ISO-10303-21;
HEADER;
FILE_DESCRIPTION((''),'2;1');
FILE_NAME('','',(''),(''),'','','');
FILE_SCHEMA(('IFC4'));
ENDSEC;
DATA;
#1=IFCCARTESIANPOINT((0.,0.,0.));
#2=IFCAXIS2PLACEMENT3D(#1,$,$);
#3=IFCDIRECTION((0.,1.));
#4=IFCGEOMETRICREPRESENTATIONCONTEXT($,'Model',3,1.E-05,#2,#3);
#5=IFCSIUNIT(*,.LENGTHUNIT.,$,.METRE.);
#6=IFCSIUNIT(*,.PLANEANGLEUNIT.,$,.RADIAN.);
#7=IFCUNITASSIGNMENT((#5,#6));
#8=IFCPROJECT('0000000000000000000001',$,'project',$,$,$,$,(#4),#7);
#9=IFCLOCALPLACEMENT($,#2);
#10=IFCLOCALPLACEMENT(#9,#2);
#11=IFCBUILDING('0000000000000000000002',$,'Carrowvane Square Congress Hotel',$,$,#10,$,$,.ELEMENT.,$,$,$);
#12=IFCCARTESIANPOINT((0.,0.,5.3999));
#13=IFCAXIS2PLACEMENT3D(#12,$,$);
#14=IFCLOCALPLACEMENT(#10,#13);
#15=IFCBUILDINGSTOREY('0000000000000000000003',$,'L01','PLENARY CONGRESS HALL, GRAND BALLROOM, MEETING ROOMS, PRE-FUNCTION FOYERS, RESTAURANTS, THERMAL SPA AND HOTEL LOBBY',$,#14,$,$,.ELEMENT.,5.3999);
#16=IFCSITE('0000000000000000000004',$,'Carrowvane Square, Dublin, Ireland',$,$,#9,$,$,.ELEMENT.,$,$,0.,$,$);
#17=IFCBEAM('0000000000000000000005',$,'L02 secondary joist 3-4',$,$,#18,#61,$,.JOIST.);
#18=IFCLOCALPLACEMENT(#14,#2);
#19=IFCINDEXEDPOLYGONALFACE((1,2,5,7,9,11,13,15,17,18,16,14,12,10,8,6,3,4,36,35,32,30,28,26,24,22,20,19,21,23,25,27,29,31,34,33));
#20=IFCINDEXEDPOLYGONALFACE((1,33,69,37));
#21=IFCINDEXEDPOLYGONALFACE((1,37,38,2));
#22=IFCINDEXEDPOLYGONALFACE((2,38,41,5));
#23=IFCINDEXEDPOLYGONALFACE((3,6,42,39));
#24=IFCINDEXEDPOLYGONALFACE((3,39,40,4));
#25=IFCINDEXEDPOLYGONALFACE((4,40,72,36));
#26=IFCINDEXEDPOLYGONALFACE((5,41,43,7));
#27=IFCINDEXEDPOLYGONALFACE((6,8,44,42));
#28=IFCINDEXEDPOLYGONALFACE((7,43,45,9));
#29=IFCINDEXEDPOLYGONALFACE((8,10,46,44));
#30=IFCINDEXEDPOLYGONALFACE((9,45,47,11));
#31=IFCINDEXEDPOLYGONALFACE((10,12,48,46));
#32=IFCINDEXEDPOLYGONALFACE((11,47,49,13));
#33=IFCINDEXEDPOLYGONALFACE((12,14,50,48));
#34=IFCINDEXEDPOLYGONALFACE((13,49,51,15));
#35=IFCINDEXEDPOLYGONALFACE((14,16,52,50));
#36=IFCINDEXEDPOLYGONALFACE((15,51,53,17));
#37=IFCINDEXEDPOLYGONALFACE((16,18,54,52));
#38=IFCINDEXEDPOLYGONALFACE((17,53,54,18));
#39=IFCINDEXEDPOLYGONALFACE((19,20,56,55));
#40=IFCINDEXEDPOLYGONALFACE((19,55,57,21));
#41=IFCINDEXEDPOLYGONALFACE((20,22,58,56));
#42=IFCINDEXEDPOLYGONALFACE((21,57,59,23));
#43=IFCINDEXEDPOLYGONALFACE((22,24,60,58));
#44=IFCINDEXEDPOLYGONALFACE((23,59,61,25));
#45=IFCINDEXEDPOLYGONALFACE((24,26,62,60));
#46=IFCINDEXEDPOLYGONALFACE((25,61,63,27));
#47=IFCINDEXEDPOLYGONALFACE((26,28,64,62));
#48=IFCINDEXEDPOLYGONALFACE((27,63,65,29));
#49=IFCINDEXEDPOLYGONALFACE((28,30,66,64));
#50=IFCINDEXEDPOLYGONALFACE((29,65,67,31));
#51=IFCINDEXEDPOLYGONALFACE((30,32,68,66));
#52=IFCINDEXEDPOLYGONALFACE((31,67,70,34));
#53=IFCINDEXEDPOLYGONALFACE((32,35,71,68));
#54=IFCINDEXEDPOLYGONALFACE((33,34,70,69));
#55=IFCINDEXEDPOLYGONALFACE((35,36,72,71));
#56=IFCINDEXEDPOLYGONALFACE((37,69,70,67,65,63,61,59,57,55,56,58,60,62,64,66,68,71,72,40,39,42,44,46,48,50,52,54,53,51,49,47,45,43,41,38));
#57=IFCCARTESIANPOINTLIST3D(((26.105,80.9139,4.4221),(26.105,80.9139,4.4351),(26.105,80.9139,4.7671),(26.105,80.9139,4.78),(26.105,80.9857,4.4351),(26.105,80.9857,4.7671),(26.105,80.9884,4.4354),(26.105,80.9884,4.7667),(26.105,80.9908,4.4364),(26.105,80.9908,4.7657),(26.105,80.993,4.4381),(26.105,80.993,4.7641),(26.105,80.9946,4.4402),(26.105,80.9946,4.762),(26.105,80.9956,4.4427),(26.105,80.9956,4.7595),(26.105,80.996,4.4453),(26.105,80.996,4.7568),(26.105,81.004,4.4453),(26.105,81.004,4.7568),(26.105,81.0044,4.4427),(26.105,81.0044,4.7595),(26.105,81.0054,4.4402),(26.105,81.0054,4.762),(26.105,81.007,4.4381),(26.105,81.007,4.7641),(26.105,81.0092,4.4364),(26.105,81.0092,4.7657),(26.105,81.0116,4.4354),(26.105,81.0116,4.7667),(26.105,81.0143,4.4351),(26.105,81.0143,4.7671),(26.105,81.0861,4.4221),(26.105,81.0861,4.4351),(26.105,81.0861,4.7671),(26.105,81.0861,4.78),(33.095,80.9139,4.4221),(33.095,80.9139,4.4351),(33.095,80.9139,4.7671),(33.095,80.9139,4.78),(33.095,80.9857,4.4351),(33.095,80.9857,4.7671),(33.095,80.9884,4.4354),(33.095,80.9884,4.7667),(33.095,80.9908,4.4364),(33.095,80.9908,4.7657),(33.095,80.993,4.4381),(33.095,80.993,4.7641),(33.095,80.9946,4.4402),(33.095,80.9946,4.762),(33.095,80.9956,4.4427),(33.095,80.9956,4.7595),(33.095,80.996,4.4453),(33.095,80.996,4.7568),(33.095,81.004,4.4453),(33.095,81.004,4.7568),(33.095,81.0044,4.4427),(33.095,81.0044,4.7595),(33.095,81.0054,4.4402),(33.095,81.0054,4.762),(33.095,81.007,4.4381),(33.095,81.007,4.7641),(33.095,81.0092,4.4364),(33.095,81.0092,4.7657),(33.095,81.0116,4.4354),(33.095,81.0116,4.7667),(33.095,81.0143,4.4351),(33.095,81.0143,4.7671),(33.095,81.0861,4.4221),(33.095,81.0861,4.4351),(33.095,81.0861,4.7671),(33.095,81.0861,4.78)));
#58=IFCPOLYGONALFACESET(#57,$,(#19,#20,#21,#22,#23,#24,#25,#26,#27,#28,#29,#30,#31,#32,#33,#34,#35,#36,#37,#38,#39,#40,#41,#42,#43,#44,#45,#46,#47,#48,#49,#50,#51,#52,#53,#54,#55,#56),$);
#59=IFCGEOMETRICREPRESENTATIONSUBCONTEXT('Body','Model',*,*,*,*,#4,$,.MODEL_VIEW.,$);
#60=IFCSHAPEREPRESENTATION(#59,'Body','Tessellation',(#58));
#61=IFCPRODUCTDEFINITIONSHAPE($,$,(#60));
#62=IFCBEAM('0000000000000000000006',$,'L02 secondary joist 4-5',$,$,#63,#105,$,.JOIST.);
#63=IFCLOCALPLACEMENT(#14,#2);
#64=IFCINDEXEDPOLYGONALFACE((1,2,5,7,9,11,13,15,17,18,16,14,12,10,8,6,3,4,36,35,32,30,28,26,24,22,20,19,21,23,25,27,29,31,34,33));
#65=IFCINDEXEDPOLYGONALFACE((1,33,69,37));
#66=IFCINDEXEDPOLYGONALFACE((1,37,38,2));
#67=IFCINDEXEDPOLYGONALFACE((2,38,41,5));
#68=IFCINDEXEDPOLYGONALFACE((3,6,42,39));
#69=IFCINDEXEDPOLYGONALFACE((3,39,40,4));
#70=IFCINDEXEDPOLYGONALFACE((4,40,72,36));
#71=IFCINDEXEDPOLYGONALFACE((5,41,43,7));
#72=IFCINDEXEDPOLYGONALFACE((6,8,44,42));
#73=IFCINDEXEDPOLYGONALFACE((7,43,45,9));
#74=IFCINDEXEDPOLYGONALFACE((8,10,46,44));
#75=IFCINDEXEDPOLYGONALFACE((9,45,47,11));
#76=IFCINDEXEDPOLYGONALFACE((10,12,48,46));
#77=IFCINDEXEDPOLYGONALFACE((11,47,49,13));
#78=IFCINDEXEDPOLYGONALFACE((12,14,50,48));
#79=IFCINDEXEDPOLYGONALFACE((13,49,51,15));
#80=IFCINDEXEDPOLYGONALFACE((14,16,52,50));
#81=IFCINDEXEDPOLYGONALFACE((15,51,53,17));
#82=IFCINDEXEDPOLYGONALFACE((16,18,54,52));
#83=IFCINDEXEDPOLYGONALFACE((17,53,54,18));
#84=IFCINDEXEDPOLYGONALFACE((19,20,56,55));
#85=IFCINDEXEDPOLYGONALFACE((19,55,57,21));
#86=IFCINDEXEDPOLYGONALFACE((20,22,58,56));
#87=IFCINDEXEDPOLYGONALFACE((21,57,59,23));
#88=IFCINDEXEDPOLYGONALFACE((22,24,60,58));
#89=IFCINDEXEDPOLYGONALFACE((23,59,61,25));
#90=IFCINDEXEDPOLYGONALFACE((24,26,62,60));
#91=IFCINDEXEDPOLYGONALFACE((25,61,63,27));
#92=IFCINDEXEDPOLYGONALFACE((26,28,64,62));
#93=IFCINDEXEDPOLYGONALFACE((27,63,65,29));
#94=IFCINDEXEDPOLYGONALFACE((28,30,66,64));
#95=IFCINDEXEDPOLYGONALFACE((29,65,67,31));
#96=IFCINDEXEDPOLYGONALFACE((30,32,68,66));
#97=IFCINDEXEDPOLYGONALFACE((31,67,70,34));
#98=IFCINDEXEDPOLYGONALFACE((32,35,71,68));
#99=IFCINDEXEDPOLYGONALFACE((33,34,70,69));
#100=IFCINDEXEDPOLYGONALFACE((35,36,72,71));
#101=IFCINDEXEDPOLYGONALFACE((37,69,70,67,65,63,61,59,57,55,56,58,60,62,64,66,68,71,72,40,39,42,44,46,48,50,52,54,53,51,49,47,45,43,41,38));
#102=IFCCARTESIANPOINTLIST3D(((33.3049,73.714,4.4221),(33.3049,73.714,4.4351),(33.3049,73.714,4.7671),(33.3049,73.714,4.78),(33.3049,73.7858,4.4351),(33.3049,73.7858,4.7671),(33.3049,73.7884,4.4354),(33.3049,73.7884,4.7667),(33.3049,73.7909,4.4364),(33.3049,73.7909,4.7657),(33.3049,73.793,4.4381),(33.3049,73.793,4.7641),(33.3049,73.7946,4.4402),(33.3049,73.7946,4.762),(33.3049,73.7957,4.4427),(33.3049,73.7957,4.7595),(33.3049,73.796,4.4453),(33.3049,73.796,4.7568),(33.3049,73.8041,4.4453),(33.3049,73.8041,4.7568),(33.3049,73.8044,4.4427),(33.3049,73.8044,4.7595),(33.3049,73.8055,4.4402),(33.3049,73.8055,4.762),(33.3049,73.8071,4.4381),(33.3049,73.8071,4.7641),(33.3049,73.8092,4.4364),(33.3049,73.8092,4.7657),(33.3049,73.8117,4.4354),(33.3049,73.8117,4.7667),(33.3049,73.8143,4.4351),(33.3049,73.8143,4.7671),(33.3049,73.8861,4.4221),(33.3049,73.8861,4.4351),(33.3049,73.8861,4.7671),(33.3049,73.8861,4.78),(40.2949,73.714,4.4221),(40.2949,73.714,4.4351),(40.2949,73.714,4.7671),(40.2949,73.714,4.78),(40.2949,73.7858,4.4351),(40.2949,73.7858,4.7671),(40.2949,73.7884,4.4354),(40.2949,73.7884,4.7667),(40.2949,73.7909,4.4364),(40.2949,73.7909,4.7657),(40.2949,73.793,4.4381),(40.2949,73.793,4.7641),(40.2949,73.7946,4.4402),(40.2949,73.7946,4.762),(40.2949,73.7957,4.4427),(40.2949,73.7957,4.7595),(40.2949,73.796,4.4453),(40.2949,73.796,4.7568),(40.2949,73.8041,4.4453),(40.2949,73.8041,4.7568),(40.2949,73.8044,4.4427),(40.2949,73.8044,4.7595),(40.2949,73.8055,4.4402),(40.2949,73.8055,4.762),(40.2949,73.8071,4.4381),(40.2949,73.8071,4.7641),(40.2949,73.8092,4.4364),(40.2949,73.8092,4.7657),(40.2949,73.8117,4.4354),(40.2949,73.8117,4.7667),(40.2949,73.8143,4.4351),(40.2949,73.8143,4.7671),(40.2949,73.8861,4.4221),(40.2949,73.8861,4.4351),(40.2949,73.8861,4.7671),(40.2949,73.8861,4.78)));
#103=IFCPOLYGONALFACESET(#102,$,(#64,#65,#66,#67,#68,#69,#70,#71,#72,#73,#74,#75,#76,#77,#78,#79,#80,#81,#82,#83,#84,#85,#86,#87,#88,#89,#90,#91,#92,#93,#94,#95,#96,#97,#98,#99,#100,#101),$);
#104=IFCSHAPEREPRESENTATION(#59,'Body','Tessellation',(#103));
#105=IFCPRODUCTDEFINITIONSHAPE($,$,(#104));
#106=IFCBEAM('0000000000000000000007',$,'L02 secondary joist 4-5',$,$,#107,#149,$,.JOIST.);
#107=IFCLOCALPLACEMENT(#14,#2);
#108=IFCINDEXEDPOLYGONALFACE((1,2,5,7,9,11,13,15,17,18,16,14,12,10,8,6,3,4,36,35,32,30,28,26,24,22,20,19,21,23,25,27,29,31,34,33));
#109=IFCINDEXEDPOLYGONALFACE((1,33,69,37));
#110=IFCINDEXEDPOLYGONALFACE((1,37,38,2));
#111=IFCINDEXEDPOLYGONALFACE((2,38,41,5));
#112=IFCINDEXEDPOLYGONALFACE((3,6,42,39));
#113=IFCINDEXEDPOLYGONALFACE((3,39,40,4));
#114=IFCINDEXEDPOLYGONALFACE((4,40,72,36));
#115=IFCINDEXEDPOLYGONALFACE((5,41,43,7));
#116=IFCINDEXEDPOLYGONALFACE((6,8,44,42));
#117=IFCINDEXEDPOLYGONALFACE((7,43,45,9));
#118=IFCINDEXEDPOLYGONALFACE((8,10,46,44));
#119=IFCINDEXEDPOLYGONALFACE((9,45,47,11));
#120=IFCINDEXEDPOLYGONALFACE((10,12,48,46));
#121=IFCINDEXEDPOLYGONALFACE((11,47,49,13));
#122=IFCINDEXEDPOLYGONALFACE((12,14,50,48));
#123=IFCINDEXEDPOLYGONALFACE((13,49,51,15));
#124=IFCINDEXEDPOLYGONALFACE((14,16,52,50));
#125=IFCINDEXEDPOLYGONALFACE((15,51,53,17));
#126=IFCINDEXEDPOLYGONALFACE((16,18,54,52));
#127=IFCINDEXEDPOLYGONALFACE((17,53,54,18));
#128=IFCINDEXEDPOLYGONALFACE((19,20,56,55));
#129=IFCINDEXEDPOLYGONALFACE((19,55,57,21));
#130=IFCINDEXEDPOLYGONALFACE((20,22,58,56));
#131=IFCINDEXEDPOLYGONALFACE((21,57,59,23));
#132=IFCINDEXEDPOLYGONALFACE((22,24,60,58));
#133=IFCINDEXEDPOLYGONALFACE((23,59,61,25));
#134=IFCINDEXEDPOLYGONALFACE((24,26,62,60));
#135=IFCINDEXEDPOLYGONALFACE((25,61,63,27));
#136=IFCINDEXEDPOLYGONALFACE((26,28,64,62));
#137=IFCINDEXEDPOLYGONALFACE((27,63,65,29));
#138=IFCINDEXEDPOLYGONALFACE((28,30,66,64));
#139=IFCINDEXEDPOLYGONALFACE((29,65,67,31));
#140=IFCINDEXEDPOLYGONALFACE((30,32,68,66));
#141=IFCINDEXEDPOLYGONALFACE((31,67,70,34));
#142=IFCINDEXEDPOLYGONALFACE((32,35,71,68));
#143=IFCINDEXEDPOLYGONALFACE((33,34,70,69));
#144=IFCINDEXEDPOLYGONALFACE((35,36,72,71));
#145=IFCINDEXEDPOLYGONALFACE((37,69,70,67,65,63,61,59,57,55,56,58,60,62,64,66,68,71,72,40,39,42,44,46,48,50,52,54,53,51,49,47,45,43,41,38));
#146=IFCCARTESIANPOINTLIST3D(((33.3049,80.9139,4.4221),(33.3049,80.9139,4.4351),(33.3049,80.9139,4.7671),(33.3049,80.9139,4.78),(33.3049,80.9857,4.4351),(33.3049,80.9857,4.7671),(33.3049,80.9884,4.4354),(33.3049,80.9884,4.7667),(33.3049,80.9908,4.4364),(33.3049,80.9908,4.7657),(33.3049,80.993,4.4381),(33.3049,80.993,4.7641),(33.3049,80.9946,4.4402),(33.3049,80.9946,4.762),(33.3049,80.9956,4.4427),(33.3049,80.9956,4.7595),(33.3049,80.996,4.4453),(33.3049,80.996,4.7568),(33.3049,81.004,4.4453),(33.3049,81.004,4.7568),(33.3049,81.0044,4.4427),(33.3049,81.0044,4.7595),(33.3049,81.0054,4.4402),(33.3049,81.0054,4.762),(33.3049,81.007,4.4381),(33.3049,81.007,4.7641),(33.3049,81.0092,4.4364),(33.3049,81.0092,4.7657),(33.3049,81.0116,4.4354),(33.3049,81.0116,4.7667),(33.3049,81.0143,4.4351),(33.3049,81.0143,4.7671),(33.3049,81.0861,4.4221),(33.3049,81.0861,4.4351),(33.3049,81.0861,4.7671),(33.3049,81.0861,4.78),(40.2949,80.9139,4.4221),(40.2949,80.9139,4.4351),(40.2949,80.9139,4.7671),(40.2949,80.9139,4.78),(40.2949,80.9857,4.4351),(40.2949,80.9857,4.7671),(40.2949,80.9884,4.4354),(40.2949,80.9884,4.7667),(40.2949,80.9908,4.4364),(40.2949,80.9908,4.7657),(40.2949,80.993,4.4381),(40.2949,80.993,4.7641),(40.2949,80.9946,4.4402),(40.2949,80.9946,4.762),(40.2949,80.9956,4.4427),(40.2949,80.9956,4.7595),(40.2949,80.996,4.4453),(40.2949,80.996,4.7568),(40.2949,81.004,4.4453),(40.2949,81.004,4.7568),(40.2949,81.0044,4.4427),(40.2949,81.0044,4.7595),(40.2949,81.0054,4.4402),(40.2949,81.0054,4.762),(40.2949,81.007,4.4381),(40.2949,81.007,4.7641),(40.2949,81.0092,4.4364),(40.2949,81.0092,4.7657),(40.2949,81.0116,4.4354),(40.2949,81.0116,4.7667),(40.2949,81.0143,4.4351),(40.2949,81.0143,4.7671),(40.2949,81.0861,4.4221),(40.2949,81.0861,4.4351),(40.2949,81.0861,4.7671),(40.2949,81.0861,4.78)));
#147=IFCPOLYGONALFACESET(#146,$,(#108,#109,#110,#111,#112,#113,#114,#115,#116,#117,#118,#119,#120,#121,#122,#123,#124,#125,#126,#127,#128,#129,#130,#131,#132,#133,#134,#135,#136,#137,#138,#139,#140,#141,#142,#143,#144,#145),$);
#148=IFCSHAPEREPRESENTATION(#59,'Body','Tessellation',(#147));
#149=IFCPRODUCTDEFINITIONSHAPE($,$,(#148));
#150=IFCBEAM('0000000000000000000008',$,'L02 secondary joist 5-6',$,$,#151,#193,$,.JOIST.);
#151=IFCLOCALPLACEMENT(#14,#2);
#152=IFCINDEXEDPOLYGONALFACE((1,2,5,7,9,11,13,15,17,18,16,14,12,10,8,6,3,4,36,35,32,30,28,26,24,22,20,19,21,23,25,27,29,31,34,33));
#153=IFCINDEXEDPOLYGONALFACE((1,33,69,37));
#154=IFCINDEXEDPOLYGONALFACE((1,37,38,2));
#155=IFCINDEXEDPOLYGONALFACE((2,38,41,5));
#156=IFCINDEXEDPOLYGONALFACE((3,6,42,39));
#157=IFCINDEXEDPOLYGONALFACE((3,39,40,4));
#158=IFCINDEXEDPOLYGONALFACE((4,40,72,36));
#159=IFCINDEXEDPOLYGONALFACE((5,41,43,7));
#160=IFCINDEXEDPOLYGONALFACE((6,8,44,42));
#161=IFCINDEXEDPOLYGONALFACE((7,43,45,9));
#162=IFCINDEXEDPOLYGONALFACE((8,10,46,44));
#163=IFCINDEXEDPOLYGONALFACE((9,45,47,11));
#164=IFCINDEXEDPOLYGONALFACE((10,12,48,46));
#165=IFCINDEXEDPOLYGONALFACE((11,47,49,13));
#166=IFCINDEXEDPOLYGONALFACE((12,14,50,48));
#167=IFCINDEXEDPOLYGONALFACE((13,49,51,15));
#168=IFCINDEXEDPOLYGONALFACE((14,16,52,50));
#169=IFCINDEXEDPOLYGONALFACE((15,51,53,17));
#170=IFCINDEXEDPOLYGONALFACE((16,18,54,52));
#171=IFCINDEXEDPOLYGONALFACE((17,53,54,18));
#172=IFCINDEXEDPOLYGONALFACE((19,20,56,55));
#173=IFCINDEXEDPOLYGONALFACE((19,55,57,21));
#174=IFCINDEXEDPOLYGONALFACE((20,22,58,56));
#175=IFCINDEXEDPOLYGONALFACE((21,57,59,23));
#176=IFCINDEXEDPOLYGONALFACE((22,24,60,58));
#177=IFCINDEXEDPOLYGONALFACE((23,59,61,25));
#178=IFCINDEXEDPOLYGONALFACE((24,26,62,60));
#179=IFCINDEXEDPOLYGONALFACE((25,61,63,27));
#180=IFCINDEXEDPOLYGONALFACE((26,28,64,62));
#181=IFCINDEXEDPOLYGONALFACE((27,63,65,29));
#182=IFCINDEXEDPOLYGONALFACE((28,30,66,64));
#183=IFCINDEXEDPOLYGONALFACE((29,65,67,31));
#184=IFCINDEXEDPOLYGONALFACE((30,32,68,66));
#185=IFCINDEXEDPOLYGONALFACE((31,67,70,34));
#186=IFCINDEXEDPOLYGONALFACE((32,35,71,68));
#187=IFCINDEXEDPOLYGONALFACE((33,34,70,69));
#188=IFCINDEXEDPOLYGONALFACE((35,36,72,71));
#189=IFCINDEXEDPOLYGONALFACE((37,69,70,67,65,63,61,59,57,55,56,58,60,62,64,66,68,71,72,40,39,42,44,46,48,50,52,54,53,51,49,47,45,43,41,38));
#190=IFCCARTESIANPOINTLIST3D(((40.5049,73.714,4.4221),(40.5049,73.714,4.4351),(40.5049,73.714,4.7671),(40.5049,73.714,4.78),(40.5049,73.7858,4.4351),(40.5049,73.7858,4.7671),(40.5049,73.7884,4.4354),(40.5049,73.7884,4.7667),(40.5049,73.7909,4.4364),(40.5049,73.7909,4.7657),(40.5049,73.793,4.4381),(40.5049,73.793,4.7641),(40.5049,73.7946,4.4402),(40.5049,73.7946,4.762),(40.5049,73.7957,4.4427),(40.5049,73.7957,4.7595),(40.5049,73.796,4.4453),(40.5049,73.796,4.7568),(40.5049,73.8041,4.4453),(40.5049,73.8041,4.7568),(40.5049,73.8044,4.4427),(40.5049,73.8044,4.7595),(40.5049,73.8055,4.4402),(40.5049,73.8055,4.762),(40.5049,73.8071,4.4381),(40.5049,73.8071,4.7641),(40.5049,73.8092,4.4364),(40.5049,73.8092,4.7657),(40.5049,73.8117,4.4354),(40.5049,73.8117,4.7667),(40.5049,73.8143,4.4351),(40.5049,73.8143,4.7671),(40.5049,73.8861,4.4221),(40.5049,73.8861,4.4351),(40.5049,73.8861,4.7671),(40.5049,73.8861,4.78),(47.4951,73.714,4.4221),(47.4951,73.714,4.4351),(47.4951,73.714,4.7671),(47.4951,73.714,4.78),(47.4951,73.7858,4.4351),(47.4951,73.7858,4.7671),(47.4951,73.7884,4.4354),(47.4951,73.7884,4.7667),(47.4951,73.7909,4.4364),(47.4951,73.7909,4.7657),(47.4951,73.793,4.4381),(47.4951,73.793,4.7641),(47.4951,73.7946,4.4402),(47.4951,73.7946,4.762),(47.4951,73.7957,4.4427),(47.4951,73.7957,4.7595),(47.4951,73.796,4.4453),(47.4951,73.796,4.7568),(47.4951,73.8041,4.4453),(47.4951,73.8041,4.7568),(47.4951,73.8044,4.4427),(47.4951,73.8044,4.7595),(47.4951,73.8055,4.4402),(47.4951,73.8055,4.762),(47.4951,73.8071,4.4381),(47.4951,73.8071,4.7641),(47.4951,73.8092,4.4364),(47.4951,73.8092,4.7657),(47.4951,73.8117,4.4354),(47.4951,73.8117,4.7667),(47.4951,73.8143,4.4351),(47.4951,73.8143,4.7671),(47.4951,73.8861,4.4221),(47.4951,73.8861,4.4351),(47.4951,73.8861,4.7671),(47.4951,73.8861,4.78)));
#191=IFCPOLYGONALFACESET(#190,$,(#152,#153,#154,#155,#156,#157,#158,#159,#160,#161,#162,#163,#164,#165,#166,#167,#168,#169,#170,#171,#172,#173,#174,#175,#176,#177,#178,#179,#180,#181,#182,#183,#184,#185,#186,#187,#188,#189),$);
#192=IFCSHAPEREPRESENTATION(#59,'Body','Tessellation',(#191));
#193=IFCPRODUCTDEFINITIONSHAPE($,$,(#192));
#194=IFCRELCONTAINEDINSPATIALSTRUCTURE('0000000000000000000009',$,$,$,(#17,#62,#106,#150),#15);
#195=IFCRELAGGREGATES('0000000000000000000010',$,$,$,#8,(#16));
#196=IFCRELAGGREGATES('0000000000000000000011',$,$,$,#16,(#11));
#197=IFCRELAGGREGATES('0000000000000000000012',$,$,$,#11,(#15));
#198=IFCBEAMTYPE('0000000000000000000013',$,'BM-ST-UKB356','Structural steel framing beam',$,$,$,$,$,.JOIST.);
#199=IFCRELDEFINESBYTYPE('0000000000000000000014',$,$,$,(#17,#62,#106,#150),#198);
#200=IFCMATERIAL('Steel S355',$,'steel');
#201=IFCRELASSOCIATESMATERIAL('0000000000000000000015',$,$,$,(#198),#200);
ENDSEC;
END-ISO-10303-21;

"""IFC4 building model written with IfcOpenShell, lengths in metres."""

from ifc_helpers import new_model, si_unit, direction, frame, origin, origin_2d, place, context, subcontext, project, spatial, i_section, extrude, material, material_profile, profile_set, type_object, element, save


model = new_model("IFC4")

# Units and contexts
model_context = context("Model", 3, precision=1e-05, world=origin(), true_north=direction((0.0, 1.0)))
body_context = subcontext(model_context, "Body", "Model", "MODEL_VIEW")
ifc_project = project(units=[si_unit("LENGTHUNIT", "METRE"), si_unit("PLANEANGLEUNIT", "RADIAN")], contexts=[model_context])

# Site, building, storey
site_placement = place(None, origin())
site = spatial("IfcSite", under=ifc_project, at=site_placement, Name="Carrowvane Square, Dublin, Ireland", CompositionType="ELEMENT", RefElevation=0.0)
building_placement = place(site_placement, origin())
building = spatial("IfcBuilding", under=site, at=building_placement, Name="Carrowvane Square Congress Hotel", CompositionType="ELEMENT")
storey_placement = place(building_placement, frame((0.0, 0.0, 5.3999)))
storey = spatial("IfcBuildingStorey", under=building, at=storey_placement, Name="L01", Description="PLENARY CONGRESS HALL, GRAND BALLROOM, MEETING ROOMS, PRE-FUNCTION FOYERS, RESTAURANTS, THERMAL SPA AND HOTEL LOBBY", CompositionType="ELEMENT", Elevation=5.3999)

# Beams
ifc_material_1 = material(Name="Steel S355", Category="steel")
ifc_material_profile_1 = material_profile(ifc_material_1, i_section(OverallWidth=0.1721, OverallDepth=0.3579, WebThickness=0.0081, FlangeThickness=0.0129, FilletRadius=0.0103, at=origin_2d()), Name="UKB 356x171x57")
ifc_profile_set_1 = profile_set([ifc_material_profile_1], Name="Steel S355")
beam_type_1 = type_object("IfcBeamType", Name="BM-ST-UKB356", Description="Structural steel framing beam", PredefinedType="JOIST", material=ifc_profile_set_1)
for number, where, z_axis, x_axis, name in (
    (1, (26.105, 81.0, 4.6011), (1.0, 0.0, 0.0), (0.0, 1.0, 0.0), "L02 secondary joist 3-4"),
    (2, (33.3049, 73.8, 4.6011), (1.0, 0.0, 0.0), (0.0, 1.0, 0.0), "L02 secondary joist 4-5"),
    (3, (33.3049, 81.0, 4.6011), (1.0, 0.0, 0.0), (0.0, 1.0, 0.0), "L02 secondary joist 4-5"),
):
    element("IfcBeam", number, at=place(storey_placement, frame(where, z_axis=z_axis, x_axis=x_axis)), inside=storey, type_object=beam_type_1, Name=name, PredefinedType="JOIST", context=body_context, shape_type="SweptSolid", body=[
        extrude(i_section(OverallWidth=0.1721, OverallDepth=0.3579, WebThickness=0.0081, FlangeThickness=0.0129, FilletRadius=0.0103, at=origin_2d()), origin(), (0.0, 0.0, 1.0), 6.99),
    ])
for number, where, z_axis, x_axis, name in (
    (4, (40.5049, 73.8, 4.6011), (1.0, 0.0, 0.0), (0.0, 1.0, 0.0), "L02 secondary joist 5-6"),
):
    element("IfcBeam", number, at=place(storey_placement, frame(where, z_axis=z_axis, x_axis=x_axis)), inside=storey, type_object=beam_type_1, Name=name, PredefinedType="JOIST", context=body_context, shape_type="SweptSolid", body=[
        extrude(i_section(OverallWidth=0.1721, OverallDepth=0.3579, WebThickness=0.0081, FlangeThickness=0.0129, FilletRadius=0.0103, at=origin_2d()), origin(), (0.0, 0.0, 1.0), 6.9902),
    ])

save(model, "model.ifc")
